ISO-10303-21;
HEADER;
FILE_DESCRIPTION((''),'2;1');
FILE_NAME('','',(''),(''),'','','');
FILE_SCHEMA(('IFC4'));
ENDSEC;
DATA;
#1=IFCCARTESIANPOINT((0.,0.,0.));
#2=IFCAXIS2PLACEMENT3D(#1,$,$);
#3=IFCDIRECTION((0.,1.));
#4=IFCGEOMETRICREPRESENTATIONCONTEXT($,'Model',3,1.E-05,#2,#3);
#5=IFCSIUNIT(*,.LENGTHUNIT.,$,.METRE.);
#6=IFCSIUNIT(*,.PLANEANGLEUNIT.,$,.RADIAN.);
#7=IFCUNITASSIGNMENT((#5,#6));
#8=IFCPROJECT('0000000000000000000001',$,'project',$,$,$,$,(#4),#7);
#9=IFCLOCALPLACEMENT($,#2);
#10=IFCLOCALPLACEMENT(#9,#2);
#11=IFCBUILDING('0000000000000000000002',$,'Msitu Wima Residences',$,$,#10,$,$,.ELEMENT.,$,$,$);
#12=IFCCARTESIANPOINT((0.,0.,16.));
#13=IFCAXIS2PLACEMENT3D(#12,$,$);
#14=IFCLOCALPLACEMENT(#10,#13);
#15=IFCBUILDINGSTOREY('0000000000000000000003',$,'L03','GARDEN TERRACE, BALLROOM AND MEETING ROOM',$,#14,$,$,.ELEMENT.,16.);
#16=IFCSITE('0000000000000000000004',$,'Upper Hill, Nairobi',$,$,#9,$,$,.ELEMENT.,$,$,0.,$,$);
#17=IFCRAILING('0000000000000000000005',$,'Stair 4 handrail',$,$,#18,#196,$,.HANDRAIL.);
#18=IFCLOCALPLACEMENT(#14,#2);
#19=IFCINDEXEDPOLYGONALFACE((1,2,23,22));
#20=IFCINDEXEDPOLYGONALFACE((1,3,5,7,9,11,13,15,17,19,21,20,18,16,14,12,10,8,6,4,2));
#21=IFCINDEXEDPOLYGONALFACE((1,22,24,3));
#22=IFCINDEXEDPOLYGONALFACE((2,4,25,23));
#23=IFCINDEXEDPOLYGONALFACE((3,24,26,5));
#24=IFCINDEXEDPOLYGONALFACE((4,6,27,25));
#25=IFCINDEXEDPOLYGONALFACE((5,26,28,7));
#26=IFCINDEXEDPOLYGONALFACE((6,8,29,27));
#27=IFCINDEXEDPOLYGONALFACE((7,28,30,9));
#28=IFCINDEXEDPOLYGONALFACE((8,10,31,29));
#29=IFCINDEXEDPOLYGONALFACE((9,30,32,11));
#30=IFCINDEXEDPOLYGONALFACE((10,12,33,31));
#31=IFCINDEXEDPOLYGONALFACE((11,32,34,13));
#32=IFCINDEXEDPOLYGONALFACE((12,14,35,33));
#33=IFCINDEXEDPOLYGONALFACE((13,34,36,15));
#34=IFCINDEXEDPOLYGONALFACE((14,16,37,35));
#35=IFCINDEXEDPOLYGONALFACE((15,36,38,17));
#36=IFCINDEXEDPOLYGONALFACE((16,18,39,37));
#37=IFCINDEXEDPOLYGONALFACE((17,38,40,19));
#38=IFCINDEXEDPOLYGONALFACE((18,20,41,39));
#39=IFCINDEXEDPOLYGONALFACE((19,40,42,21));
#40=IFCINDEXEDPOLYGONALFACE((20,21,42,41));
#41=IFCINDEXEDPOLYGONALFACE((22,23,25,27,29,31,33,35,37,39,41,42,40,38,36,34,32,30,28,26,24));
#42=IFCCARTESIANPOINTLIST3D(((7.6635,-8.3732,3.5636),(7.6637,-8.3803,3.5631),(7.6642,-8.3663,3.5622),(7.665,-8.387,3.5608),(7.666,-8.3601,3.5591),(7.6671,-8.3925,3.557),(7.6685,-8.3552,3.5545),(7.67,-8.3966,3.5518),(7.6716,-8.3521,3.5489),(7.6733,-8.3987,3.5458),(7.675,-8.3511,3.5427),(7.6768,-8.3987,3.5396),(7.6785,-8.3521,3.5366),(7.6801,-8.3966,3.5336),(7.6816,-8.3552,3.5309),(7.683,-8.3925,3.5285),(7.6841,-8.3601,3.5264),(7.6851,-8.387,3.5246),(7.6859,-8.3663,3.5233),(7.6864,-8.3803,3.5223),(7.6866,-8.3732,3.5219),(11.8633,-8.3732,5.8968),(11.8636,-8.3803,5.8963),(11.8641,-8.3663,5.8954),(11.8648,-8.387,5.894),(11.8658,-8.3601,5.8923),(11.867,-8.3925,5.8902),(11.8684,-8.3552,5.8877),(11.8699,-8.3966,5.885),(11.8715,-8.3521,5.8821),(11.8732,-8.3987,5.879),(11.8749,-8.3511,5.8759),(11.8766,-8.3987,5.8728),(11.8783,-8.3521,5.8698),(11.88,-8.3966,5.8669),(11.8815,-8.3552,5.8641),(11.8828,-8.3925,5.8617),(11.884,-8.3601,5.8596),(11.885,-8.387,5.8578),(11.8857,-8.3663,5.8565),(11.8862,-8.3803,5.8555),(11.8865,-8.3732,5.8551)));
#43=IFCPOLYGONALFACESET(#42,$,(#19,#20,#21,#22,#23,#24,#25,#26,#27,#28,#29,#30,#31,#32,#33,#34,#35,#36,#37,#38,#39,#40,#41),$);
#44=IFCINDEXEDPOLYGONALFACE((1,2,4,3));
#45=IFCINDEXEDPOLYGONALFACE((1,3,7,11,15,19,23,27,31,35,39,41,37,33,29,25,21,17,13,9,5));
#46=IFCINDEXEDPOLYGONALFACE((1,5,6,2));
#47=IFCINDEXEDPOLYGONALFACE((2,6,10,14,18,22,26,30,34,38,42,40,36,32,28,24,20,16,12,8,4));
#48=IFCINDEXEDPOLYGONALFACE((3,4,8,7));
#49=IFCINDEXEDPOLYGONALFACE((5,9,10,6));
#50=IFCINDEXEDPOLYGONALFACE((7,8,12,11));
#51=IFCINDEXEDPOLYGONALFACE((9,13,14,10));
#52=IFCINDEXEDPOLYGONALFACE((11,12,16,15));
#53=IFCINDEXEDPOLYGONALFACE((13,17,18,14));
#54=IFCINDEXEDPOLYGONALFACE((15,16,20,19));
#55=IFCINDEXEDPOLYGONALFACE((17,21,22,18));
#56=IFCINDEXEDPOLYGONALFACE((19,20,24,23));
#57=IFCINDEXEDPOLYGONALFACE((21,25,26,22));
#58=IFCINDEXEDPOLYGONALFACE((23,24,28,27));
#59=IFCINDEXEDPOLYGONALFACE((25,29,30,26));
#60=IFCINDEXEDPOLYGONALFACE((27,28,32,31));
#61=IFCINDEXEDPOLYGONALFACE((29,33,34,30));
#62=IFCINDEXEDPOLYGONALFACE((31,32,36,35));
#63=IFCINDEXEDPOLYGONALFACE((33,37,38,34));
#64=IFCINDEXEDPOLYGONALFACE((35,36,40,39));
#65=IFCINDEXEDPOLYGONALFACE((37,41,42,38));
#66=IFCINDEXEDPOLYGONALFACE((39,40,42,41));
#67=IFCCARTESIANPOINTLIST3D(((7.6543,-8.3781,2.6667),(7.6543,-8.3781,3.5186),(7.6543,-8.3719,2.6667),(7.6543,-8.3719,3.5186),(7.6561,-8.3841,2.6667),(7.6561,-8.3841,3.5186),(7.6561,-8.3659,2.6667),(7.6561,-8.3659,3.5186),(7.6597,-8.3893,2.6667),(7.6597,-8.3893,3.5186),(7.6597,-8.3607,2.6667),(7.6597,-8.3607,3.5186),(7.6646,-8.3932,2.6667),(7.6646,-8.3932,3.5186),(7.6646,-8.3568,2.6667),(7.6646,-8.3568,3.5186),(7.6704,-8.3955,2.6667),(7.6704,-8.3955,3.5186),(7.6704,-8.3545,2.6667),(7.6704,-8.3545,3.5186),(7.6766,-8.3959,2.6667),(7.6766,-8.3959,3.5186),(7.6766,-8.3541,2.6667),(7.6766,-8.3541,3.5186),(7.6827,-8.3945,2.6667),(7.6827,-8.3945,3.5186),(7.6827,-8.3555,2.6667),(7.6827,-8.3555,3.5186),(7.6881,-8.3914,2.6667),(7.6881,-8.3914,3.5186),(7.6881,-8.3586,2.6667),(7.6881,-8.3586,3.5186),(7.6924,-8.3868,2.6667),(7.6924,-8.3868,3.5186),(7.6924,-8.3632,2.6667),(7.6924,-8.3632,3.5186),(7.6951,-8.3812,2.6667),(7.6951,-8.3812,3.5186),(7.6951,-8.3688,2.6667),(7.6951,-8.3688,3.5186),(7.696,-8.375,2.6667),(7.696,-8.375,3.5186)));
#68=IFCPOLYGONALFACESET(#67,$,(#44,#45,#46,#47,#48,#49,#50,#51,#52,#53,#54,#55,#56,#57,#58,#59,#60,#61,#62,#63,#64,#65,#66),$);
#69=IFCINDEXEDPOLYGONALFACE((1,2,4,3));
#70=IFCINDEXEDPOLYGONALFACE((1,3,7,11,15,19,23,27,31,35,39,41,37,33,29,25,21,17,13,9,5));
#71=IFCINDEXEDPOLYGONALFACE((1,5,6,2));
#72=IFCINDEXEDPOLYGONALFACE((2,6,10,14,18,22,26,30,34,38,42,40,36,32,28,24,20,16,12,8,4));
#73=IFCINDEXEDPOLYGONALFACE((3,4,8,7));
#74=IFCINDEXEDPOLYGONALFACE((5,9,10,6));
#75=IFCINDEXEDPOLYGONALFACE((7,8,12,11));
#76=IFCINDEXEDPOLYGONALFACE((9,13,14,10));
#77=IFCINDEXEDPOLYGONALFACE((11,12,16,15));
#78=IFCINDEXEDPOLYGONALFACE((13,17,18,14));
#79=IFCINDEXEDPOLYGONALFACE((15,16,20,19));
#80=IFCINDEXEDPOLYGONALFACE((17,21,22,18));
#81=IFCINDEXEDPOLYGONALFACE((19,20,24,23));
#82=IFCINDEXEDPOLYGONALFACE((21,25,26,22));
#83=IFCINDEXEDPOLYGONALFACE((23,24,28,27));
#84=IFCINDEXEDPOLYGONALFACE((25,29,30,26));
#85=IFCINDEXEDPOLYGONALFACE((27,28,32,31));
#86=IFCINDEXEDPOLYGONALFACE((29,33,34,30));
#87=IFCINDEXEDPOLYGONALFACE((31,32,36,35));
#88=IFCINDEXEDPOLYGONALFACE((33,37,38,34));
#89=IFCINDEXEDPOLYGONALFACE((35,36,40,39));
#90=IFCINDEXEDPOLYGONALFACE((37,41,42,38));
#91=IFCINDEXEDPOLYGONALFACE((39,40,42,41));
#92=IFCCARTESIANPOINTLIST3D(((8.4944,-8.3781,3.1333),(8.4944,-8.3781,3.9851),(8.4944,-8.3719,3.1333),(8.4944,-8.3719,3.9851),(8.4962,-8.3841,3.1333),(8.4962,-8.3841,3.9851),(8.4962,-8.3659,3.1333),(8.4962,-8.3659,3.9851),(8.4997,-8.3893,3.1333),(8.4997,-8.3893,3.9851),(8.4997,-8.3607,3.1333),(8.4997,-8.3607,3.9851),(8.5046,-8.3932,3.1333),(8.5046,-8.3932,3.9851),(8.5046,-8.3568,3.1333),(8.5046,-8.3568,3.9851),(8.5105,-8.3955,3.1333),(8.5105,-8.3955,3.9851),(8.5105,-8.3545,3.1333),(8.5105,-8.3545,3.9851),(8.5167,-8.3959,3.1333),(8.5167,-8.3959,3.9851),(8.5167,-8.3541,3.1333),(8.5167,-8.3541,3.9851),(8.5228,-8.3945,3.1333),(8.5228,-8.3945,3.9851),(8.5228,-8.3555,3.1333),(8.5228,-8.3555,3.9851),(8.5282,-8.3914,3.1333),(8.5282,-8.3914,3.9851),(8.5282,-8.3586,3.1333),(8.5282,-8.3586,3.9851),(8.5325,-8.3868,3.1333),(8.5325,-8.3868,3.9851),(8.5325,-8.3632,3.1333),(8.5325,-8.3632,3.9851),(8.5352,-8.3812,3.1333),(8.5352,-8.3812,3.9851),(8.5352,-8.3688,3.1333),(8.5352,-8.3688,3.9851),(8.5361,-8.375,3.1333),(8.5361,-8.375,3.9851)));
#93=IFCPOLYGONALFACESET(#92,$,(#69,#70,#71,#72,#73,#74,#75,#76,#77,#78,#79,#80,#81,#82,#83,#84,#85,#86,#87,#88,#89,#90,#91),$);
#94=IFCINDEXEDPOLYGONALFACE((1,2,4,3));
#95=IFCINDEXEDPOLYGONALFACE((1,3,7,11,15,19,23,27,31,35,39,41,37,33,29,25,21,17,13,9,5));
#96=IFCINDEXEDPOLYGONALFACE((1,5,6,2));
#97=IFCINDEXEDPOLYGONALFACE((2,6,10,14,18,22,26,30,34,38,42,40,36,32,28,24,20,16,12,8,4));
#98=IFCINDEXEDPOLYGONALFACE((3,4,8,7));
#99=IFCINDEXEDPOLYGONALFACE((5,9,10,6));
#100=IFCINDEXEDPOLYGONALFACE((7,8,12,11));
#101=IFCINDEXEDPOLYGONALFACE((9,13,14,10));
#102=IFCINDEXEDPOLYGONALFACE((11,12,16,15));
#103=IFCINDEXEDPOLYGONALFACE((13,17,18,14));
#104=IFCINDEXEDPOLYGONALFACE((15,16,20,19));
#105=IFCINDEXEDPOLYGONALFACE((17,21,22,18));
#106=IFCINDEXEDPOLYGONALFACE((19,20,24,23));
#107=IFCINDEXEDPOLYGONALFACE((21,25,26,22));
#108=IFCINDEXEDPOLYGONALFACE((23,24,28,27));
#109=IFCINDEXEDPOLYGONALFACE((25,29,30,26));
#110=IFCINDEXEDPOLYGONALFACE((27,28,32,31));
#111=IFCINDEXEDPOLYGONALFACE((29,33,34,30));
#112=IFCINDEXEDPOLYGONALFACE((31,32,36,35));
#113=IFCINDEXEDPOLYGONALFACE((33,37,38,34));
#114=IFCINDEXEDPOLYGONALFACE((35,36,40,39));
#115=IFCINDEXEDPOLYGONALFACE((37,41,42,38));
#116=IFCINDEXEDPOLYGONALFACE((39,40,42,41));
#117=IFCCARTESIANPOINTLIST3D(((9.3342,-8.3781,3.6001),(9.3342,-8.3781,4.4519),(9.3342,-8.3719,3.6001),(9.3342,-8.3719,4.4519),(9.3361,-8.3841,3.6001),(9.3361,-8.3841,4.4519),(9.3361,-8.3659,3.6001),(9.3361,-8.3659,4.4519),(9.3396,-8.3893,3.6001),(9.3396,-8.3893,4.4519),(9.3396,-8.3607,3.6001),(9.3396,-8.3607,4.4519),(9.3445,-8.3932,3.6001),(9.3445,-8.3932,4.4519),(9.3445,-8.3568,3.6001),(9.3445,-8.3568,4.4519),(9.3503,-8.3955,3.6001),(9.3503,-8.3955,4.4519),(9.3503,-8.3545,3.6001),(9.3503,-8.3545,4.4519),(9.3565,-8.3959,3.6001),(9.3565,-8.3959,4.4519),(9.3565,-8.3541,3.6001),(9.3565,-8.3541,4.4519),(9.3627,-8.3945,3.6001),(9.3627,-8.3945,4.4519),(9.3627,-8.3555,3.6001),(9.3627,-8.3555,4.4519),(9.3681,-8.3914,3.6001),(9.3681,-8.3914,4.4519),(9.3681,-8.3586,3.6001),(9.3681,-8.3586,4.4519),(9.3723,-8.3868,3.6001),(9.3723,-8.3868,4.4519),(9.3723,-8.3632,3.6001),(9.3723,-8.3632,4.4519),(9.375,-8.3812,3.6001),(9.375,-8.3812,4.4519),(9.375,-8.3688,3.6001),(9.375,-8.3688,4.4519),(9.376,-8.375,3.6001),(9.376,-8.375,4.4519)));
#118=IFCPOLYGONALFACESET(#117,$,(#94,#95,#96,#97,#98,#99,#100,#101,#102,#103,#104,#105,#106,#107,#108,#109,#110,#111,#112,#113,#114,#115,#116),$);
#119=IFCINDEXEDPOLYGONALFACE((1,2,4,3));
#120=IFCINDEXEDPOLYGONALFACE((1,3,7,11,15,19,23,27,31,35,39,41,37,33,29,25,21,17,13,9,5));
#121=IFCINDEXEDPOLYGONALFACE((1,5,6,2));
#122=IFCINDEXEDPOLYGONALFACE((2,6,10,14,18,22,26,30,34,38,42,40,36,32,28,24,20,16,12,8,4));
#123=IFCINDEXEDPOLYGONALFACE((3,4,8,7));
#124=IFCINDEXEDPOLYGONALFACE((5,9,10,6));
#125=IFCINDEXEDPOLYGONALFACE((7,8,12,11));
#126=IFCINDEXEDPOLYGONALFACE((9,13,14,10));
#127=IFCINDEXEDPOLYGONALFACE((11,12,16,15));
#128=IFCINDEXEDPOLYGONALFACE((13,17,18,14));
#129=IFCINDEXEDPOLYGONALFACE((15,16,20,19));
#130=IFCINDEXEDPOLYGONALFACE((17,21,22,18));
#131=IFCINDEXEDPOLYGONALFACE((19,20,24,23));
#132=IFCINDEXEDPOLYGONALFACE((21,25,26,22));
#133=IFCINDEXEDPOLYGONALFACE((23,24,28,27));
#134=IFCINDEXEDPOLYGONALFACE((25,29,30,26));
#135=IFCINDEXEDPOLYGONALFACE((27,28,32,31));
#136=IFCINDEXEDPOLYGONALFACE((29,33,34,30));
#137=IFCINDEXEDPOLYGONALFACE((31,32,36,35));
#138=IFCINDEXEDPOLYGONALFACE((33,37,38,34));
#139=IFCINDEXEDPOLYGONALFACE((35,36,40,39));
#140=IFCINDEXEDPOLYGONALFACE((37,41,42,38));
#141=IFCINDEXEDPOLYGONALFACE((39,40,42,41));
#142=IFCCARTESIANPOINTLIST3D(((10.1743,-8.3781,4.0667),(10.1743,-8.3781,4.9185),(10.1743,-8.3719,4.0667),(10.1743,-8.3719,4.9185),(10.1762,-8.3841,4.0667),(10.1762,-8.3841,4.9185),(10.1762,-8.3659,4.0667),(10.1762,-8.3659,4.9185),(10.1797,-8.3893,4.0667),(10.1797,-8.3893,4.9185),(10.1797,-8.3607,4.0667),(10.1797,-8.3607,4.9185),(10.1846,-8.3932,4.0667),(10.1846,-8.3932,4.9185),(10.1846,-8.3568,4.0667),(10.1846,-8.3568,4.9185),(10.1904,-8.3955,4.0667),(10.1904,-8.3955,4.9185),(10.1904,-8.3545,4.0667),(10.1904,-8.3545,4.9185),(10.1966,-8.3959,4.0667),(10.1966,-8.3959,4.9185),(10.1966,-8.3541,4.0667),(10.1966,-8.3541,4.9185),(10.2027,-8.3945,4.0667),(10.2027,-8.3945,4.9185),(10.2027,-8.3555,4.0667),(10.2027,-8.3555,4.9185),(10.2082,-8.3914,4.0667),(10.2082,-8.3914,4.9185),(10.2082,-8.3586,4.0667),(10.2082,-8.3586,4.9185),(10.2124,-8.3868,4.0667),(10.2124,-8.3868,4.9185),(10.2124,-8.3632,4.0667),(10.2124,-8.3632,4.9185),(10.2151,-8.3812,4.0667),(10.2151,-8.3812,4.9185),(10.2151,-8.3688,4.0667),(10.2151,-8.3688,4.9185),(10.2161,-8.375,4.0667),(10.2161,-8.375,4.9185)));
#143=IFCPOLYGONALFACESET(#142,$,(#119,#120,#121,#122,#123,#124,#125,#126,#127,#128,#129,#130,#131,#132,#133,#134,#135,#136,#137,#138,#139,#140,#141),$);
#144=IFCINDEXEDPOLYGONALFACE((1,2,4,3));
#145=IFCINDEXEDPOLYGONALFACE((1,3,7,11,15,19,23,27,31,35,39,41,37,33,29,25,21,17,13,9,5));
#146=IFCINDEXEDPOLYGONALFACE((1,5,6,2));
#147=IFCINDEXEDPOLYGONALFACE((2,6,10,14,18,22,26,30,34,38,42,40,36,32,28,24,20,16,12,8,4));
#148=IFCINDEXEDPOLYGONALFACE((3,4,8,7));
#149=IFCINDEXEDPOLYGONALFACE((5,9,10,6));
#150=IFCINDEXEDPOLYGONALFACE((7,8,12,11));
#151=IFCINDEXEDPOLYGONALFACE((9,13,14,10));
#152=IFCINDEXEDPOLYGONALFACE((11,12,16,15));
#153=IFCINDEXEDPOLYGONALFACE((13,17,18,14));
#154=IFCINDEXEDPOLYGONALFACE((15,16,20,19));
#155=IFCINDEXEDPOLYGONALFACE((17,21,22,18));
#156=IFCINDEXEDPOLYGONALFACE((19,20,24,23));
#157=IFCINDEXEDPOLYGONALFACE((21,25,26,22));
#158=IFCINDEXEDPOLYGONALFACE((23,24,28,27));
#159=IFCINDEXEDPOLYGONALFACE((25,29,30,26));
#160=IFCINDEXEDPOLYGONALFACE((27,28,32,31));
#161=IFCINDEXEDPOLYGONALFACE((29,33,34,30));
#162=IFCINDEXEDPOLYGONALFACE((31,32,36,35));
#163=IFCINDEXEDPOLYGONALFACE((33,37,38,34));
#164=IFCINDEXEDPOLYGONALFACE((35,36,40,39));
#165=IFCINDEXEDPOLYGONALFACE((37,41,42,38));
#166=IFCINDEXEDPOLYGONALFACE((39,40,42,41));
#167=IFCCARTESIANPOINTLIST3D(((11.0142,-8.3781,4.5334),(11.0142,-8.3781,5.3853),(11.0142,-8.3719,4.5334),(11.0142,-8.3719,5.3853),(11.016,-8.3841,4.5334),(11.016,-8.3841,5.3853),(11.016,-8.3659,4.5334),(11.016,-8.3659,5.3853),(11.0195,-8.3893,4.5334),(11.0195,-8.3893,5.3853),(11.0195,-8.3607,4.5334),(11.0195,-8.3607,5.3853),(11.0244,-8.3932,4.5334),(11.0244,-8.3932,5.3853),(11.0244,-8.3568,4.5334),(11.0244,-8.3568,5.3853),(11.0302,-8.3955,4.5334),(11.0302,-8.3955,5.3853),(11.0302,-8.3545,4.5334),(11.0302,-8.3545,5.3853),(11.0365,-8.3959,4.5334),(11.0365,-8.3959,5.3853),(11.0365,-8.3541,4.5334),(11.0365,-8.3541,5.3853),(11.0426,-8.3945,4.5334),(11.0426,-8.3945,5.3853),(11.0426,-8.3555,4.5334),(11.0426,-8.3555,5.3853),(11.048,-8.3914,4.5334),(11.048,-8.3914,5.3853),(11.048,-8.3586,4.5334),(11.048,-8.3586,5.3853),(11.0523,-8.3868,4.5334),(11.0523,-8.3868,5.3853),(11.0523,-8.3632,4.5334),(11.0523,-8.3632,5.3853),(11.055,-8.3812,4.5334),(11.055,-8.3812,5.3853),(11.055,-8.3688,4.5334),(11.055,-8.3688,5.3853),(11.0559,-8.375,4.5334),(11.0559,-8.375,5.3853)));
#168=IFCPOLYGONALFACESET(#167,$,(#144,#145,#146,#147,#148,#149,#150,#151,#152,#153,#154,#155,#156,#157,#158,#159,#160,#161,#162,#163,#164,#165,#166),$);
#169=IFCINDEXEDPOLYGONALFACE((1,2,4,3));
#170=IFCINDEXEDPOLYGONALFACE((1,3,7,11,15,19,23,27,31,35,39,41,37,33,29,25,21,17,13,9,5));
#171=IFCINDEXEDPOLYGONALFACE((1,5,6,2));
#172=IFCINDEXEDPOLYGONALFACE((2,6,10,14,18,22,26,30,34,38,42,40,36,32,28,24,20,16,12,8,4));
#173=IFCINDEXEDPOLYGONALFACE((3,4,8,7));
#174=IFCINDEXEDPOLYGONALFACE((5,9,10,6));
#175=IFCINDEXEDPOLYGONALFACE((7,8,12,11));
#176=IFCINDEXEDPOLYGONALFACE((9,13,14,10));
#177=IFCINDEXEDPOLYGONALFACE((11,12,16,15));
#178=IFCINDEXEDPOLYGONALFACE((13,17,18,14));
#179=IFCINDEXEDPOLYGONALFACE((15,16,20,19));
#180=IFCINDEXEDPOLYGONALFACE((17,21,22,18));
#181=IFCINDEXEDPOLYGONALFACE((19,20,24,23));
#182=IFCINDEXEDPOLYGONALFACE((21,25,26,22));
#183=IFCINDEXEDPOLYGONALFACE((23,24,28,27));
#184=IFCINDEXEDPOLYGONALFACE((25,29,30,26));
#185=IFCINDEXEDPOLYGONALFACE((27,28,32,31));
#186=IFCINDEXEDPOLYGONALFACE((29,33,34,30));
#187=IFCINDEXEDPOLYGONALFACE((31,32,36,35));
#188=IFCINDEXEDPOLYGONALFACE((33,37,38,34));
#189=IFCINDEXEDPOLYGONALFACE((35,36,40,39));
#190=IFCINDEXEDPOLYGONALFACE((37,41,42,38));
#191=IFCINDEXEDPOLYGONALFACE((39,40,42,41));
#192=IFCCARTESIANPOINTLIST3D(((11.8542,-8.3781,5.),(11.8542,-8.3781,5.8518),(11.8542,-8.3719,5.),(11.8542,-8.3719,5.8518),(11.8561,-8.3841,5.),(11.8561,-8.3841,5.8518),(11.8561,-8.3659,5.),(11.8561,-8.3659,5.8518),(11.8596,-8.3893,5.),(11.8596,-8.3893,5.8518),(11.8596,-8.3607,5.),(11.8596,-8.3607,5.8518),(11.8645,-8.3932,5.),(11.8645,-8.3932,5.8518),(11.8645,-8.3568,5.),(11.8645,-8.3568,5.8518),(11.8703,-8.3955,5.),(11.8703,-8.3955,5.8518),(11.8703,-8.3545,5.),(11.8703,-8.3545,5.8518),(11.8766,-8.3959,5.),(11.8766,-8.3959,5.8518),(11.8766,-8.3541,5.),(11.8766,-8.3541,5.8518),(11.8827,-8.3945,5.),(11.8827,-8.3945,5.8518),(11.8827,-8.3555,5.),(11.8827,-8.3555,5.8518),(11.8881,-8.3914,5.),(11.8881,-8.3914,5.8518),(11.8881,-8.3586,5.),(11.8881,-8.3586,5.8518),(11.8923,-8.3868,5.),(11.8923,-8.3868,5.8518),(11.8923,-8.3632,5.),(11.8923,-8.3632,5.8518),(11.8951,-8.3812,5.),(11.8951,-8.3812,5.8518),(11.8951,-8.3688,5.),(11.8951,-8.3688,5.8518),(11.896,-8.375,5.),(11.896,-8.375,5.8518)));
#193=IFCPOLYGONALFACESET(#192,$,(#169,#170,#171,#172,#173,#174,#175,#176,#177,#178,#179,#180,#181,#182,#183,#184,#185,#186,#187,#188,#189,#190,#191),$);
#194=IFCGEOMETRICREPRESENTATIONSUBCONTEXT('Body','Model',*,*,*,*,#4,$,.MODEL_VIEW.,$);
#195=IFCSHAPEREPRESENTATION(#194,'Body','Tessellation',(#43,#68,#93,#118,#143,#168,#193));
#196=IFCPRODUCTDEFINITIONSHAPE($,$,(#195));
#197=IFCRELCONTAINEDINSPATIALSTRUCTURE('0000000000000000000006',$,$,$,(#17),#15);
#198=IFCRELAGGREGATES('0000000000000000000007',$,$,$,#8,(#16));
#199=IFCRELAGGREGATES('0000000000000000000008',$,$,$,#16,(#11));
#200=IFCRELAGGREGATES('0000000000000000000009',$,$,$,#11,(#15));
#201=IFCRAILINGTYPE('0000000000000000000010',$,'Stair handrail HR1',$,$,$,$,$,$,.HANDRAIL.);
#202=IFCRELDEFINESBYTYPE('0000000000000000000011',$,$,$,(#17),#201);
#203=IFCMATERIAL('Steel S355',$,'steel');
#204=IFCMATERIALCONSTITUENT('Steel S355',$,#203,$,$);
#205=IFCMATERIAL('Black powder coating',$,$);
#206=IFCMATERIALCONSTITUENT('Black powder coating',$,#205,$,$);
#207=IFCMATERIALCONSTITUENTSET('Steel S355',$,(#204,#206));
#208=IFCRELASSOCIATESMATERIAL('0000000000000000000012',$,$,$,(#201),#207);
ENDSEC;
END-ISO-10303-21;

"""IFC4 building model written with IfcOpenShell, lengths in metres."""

from ifc_helpers import new_model, si_unit, direction, frame, origin, origin_2d, place, context, subcontext, project, spatial, circle, extrude, material, constituent, constituent_set, type_object, element, save


model = new_model("IFC4")

# Units and contexts
model_context = context("Model", 3, precision=1e-05, world=origin(), true_north=direction((0.0, 1.0)))
body_context = subcontext(model_context, "Body", "Model", "MODEL_VIEW")
ifc_project = project(units=[si_unit("LENGTHUNIT", "METRE"), si_unit("PLANEANGLEUNIT", "RADIAN")], contexts=[model_context])

# Site, building, storey
site_placement = place(None, origin())
site = spatial("IfcSite", under=ifc_project, at=site_placement, Name="Upper Hill, Nairobi", CompositionType="ELEMENT", RefElevation=0.0)
building_placement = place(site_placement, origin())
building = spatial("IfcBuilding", under=site, at=building_placement, Name="Msitu Wima Residences", CompositionType="ELEMENT")
storey_placement = place(building_placement, frame((0.0, 0.0, 16.0)))
storey = spatial("IfcBuildingStorey", under=building, at=storey_placement, Name="L03", Description="GARDEN TERRACE, BALLROOM AND MEETING ROOM", CompositionType="ELEMENT", Elevation=16.0)

# Railing
ifc_material_1 = material(Name="Steel S355", Category="steel")
ifc_constituent_1 = constituent(ifc_material_1, Name="Steel S355")
ifc_material_2 = material(Name="Black powder coating")
ifc_constituent_2 = constituent(ifc_material_2, Name="Black powder coating")
ifc_constituent_set = constituent_set(constituents=[ifc_constituent_1, ifc_constituent_2], Name="Steel S355")
railing_type = type_object("IfcRailingType", Name="Stair handrail HR1", PredefinedType="HANDRAIL", material=ifc_constituent_set)
for number, where, name in (
    (1, (7.675, -8.375, 2.6667), "Stair 4 handrail"),
):
    element("IfcRailing", number, at=place(storey_placement, frame(where)), inside=storey, type_object=railing_type, Name=name, PredefinedType="HANDRAIL", context=body_context, shape_type="SweptSolid", body=[
        extrude(circle(Radius=0.0239, at=origin_2d()), frame((0.0, 0.0, 0.876), z_axis=(0.874162, 0.0, 0.485634), x_axis=(0.0, 1.0, 0.0)), (0.0, 0.0, 1.0), 4.8044),
        extrude(circle(Radius=0.021, at=origin_2d()), origin(), (0.0, 0.0, 1.0), 0.8518),
        extrude(circle(Radius=0.021, at=origin_2d()), frame((0.8401, 0.0, 0.4666)), (0.0, 0.0, 1.0), 0.8518),
        extrude(circle(Radius=0.021, at=origin_2d()), frame((1.6799, 0.0, 0.9333)), (0.0, 0.0, 1.0), 0.8518),
        extrude(circle(Radius=0.021, at=origin_2d()), frame((2.52, 0.0, 1.3999)), (0.0, 0.0, 1.0), 0.8518),
        extrude(circle(Radius=0.021, at=origin_2d()), frame((3.3599, 0.0, 1.8667)), (0.0, 0.0, 1.0), 0.8518),
        extrude(circle(Radius=0.021, at=origin_2d()), frame((4.2, 0.0, 2.3333)), (0.0, 0.0, 1.0), 0.8518),
    ])

save(model, "model.ifc")
